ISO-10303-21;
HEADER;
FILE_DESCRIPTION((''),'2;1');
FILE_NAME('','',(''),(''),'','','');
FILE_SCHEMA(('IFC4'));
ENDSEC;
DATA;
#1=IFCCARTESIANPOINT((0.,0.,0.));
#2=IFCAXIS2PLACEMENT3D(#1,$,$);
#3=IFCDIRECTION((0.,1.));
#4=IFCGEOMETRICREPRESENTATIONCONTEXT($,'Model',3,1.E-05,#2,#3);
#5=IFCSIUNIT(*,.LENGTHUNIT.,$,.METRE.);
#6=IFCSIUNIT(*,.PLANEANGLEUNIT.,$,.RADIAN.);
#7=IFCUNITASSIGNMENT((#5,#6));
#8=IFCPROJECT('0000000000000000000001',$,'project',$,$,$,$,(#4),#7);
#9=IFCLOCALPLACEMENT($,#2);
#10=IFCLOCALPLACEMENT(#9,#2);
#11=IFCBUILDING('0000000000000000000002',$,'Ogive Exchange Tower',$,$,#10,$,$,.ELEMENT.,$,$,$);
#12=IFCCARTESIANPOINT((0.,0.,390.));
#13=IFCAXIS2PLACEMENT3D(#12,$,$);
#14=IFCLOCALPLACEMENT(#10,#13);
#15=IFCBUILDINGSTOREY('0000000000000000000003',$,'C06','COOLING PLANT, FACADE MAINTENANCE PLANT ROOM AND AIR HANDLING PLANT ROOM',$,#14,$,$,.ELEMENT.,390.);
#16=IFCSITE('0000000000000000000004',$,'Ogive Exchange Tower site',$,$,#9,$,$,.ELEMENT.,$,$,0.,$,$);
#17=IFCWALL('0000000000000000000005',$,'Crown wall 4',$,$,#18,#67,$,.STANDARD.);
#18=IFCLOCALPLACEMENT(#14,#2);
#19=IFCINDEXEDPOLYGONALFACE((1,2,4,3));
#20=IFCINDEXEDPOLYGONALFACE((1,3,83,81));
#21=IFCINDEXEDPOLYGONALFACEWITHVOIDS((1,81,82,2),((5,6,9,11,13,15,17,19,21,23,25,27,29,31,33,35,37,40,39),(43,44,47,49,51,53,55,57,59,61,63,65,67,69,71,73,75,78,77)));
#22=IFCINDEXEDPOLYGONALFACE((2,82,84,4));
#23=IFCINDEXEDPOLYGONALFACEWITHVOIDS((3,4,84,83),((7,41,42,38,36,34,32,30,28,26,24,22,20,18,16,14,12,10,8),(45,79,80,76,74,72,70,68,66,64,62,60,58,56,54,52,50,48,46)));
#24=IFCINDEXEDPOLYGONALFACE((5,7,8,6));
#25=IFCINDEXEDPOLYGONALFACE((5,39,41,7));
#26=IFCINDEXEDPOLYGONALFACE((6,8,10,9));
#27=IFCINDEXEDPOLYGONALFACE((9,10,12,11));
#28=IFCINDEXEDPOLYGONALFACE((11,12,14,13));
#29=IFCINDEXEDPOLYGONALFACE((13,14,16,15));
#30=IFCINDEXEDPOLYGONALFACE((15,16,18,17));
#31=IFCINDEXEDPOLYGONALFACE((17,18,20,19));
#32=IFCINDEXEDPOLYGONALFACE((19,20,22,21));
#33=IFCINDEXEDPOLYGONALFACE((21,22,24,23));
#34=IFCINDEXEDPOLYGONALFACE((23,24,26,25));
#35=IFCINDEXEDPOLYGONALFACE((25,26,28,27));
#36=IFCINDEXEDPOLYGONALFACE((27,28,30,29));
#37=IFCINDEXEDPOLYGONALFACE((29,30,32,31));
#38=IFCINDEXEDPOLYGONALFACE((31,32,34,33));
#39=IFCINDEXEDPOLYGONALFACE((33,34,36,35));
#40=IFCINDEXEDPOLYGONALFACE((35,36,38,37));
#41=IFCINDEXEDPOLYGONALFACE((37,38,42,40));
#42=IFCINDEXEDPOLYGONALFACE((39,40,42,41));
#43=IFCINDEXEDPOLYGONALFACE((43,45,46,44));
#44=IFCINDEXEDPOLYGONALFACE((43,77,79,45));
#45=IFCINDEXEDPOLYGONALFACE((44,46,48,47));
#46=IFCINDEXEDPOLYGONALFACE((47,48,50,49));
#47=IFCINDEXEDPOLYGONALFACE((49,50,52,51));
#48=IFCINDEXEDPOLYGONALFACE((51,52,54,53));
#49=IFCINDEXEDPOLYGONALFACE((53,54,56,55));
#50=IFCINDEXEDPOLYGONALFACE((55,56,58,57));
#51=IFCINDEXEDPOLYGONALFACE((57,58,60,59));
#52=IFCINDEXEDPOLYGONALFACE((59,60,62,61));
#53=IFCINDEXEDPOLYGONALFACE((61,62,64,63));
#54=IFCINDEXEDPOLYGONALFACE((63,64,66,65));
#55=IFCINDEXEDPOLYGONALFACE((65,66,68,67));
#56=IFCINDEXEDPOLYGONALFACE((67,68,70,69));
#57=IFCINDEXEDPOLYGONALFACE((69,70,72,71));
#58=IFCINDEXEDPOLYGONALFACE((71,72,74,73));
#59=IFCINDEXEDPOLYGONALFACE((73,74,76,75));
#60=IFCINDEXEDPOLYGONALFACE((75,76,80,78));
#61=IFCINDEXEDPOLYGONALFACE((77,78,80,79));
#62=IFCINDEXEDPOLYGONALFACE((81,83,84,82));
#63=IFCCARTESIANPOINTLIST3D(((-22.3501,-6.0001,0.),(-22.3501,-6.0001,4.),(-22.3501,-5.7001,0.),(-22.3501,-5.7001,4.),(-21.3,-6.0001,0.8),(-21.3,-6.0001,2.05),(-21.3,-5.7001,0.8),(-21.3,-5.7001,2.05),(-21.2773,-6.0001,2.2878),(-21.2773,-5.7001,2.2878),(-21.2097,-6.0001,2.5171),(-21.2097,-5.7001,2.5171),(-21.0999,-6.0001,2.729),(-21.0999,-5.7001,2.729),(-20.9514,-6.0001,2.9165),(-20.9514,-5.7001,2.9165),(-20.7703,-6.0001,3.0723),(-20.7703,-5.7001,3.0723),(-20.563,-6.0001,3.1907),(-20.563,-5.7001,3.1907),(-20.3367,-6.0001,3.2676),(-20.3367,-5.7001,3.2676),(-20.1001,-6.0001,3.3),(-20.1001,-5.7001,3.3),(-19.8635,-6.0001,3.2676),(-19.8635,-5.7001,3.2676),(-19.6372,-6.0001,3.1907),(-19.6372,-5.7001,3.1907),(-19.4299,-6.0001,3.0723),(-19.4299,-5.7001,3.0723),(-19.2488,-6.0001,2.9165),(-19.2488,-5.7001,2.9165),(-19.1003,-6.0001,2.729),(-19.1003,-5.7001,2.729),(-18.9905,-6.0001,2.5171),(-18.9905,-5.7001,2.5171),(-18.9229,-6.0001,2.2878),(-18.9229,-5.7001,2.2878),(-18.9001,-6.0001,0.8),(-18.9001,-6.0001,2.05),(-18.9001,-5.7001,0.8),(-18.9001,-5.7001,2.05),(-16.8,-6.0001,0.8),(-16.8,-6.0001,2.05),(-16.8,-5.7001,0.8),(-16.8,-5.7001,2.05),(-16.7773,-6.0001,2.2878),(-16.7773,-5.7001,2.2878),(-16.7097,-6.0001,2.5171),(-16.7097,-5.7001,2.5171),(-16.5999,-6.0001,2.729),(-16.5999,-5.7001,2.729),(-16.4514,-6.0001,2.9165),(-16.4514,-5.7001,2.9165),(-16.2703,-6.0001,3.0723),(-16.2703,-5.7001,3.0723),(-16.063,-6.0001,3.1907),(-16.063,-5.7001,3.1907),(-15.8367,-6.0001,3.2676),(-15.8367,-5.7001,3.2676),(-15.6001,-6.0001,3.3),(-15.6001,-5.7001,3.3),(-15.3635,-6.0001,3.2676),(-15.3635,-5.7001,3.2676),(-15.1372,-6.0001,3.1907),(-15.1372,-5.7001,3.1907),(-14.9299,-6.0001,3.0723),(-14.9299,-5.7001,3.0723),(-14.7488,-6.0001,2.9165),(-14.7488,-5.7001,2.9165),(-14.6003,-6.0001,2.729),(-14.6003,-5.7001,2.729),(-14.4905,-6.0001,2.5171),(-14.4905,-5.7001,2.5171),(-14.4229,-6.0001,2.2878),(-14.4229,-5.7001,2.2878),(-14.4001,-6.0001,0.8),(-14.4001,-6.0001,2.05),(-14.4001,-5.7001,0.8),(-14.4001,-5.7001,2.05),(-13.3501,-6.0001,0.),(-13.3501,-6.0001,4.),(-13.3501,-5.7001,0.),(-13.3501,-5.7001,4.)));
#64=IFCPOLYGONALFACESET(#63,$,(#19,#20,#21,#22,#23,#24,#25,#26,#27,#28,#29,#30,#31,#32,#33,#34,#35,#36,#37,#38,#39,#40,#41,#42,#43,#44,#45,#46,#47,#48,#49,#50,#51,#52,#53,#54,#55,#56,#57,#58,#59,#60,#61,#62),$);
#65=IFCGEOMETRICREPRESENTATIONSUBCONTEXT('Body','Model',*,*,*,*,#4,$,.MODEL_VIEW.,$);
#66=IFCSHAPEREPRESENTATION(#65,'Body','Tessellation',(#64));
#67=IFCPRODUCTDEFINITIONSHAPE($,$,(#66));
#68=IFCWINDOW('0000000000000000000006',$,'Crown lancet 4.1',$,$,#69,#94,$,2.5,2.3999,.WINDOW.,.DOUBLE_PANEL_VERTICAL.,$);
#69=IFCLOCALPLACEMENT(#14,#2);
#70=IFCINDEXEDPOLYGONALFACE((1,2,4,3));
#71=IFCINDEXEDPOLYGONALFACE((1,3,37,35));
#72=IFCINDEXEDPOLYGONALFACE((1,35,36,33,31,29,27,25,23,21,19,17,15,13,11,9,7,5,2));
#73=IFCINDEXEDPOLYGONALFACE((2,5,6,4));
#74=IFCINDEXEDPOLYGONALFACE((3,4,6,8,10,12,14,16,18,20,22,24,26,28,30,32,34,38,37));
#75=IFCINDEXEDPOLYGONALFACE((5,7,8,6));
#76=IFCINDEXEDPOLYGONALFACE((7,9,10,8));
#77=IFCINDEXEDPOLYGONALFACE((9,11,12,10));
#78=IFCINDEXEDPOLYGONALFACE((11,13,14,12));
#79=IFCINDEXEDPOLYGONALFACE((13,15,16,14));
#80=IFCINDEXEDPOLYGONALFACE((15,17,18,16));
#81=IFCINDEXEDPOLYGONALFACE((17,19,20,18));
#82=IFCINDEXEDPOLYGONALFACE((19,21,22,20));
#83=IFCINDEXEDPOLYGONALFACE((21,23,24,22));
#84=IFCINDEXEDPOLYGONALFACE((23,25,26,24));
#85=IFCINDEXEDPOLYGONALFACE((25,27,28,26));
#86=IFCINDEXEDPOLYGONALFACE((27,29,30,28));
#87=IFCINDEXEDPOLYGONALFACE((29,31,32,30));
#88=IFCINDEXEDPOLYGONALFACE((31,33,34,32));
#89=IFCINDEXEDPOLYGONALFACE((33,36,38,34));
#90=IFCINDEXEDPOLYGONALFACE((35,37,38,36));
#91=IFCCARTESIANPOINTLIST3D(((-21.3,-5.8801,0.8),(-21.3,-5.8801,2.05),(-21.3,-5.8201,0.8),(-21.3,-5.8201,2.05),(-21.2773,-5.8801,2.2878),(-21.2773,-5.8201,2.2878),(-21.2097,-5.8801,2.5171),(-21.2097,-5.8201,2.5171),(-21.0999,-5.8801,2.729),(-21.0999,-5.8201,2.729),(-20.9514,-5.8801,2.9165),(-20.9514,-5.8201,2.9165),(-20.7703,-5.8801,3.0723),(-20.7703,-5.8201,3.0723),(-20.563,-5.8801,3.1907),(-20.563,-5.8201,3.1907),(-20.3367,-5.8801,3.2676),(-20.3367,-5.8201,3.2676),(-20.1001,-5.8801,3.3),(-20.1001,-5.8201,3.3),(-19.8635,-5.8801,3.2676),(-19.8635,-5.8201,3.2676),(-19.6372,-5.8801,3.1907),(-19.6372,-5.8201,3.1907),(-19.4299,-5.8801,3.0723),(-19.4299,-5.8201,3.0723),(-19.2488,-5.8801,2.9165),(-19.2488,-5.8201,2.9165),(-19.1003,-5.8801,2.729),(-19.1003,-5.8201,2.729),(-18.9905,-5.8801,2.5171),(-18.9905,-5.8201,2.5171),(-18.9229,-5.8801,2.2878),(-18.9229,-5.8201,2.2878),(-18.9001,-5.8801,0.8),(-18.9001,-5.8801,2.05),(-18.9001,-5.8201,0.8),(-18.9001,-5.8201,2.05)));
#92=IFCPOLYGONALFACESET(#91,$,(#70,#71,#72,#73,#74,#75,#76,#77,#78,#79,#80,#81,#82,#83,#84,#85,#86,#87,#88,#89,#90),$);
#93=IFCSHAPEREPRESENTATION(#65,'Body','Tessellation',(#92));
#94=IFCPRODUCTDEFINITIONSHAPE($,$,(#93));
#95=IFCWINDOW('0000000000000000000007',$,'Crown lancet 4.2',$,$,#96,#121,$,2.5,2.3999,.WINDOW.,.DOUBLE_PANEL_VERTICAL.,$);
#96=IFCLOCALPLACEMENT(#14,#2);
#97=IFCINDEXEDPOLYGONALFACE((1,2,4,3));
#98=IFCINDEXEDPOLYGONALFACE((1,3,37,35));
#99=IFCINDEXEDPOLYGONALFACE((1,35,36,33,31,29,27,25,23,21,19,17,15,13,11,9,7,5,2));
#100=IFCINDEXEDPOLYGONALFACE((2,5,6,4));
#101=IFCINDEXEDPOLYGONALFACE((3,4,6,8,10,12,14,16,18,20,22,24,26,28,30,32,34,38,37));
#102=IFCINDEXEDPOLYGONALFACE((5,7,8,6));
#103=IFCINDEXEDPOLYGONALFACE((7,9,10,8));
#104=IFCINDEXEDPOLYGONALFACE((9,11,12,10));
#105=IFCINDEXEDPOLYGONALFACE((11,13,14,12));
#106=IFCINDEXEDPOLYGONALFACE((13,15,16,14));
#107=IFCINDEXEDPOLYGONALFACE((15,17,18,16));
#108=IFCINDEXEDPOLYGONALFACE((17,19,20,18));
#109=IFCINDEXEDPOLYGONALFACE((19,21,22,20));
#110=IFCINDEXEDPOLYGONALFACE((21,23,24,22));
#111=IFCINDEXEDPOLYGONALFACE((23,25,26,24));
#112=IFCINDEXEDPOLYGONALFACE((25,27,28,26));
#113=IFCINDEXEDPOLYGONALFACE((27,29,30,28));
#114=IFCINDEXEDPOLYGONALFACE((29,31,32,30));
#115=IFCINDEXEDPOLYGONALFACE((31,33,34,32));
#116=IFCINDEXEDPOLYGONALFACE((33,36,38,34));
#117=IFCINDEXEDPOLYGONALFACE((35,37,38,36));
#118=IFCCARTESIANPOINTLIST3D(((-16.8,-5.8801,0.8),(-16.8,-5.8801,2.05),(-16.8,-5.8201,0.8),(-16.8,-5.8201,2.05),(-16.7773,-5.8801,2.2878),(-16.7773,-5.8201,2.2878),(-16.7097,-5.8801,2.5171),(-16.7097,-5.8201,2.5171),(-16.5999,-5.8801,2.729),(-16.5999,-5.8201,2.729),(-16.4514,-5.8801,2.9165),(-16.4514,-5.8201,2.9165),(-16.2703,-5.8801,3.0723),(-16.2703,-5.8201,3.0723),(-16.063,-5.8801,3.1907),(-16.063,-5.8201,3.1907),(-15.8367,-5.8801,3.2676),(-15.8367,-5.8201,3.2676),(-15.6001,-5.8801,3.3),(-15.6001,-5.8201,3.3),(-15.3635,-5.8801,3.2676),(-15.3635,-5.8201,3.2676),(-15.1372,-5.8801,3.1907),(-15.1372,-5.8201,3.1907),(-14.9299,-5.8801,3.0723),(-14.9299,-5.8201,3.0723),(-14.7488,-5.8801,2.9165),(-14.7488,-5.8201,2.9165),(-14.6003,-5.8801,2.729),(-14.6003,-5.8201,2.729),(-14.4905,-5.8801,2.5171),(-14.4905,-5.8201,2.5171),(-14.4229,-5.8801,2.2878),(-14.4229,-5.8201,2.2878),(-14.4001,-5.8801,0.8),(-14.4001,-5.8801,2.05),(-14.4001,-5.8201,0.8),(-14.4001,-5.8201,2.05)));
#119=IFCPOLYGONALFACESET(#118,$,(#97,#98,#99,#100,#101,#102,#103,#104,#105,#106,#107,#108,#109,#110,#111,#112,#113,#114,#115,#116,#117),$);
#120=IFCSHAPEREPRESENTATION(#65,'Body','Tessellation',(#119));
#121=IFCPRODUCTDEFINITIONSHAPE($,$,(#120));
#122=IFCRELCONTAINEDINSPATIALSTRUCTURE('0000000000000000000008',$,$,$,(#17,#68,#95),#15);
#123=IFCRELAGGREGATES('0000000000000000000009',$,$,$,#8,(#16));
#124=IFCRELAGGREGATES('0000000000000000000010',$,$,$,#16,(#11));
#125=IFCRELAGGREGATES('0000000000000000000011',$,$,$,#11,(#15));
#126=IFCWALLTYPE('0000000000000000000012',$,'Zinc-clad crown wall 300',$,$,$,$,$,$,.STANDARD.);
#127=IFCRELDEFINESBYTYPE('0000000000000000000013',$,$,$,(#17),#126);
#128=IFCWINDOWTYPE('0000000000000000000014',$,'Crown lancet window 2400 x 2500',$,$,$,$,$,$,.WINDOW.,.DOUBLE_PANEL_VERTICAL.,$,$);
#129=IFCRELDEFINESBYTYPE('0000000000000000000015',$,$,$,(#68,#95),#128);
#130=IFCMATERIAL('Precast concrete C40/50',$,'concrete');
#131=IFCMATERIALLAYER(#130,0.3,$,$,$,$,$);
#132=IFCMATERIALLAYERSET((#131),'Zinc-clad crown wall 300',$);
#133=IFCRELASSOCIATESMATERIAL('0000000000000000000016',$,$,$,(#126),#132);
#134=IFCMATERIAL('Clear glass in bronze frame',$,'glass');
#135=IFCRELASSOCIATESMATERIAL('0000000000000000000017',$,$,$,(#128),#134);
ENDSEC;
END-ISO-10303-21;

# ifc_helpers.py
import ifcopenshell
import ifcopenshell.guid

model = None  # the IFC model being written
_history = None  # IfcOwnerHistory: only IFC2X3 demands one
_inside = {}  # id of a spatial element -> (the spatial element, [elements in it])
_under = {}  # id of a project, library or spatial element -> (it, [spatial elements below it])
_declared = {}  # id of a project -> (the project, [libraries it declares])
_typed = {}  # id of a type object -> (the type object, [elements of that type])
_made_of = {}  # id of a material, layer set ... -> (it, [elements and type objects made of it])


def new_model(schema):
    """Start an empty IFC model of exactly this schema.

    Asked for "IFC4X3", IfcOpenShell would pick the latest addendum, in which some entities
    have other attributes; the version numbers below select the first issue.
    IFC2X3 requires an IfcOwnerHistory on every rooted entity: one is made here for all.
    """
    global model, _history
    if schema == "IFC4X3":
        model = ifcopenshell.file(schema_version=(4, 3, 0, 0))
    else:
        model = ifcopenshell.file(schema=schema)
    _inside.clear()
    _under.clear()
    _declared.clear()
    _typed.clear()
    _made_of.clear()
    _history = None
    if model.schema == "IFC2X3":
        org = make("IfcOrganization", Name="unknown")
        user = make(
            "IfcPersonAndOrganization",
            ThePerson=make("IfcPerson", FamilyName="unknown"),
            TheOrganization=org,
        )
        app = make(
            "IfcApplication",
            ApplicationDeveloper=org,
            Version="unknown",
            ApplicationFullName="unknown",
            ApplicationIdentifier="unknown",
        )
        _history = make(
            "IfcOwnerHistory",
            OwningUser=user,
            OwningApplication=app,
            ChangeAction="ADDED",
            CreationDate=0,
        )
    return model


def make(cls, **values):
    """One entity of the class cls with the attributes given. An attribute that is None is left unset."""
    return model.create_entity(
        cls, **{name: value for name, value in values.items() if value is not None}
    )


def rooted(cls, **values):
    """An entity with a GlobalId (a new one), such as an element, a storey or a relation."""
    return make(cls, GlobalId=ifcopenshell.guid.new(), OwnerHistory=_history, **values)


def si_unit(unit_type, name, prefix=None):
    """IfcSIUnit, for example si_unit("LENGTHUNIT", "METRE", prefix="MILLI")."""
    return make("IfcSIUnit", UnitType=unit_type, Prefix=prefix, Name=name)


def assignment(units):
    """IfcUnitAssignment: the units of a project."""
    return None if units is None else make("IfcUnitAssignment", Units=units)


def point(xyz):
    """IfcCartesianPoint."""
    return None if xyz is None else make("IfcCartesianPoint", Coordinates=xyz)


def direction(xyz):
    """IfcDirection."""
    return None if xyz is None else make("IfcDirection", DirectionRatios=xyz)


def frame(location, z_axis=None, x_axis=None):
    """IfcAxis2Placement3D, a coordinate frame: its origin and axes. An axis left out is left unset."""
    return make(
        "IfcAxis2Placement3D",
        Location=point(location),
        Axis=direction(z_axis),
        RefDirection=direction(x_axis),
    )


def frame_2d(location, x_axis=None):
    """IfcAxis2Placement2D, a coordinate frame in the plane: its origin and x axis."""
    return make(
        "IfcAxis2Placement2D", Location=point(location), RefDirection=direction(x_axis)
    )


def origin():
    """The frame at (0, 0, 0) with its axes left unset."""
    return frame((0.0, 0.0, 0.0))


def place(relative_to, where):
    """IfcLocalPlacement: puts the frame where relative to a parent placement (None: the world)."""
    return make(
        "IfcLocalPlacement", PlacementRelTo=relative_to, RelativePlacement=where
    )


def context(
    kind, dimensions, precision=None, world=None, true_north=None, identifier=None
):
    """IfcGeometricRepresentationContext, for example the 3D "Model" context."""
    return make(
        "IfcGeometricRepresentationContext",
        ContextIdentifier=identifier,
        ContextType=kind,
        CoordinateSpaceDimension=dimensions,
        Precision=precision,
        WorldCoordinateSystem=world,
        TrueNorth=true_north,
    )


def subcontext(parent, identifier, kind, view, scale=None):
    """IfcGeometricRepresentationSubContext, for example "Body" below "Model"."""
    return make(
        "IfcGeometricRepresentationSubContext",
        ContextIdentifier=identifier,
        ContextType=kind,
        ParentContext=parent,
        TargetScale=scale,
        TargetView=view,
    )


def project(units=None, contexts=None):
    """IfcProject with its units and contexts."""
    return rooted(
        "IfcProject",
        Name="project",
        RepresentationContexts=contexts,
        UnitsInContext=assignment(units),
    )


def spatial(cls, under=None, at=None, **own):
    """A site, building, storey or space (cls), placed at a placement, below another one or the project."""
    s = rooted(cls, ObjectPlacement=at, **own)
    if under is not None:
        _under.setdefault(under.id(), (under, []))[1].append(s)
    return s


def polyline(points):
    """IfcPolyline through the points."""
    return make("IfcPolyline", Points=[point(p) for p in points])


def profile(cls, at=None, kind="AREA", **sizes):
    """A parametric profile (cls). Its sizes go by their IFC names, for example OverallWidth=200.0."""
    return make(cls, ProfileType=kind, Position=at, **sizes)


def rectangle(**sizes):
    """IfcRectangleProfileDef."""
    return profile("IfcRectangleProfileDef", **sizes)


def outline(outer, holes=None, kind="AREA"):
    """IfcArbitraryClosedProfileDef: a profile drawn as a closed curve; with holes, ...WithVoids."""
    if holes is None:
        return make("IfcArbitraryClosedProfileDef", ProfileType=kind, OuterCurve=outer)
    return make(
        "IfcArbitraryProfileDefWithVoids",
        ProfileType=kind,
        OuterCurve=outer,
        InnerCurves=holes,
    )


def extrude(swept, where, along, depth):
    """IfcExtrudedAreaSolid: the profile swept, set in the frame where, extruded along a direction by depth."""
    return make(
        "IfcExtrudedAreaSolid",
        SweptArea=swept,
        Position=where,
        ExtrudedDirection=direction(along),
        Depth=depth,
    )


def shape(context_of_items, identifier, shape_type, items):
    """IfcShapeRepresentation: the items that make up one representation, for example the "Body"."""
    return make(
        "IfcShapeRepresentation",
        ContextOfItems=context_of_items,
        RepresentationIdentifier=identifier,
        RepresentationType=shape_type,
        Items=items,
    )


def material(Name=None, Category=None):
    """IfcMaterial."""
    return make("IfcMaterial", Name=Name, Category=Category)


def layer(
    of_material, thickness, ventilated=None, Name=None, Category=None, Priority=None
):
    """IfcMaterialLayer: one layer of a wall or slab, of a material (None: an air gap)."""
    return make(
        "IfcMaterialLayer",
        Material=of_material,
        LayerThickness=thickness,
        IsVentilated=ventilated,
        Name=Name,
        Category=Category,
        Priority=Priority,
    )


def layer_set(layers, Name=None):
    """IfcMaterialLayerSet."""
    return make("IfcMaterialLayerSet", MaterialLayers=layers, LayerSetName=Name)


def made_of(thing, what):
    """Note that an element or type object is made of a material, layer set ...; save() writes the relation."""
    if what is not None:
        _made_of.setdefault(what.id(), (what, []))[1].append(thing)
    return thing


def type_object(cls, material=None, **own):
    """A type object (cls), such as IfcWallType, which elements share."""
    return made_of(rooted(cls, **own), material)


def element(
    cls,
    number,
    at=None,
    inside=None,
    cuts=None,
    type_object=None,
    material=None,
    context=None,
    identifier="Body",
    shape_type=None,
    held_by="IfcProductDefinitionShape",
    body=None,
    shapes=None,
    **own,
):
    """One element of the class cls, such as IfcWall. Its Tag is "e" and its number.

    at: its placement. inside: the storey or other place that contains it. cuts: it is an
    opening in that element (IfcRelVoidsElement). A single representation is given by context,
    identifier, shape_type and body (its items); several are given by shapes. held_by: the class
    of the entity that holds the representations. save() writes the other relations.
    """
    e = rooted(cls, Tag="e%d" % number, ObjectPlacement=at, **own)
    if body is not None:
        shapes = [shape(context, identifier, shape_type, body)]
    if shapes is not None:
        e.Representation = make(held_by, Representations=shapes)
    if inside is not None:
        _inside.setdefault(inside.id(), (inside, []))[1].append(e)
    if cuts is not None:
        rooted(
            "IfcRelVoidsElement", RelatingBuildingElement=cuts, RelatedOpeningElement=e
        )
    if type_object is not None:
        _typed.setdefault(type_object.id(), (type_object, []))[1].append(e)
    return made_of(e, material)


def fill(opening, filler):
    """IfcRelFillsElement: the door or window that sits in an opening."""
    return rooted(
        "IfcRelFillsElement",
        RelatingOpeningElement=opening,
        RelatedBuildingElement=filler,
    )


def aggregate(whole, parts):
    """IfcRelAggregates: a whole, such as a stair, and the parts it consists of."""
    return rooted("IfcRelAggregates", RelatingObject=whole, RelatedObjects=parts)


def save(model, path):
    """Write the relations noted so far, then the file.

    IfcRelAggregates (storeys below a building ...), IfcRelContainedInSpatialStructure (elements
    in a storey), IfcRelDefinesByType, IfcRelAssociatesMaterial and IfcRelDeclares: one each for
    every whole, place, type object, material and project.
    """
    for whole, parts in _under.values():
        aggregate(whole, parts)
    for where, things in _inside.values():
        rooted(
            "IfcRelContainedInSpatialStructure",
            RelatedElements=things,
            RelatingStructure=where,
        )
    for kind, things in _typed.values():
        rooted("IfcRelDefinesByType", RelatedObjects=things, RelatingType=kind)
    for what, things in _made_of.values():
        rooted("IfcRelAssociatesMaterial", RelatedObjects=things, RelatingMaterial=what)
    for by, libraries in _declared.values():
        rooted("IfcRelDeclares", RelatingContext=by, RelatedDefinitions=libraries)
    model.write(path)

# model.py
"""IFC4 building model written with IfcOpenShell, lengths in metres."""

from ifc_helpers import new_model, si_unit, direction, frame, frame_2d, origin, place, context, subcontext, project, spatial, polyline, rectangle, outline, extrude, material, layer, layer_set, type_object, element, fill, save


model = new_model("IFC4")

# Units and contexts
model_context = context("Model", 3, precision=1e-05, world=origin(), true_north=direction((0.0, 1.0)))
body_context = subcontext(model_context, "Body", "Model", "MODEL_VIEW")
ifc_project = project(units=[si_unit("LENGTHUNIT", "METRE"), si_unit("PLANEANGLEUNIT", "RADIAN")], contexts=[model_context])

# Site, building, storey
site_placement = place(None, origin())
site = spatial("IfcSite", under=ifc_project, at=site_placement, Name="Ogive Exchange Tower site", CompositionType="ELEMENT", RefElevation=0.0)
building_placement = place(site_placement, origin())
building = spatial("IfcBuilding", under=site, at=building_placement, Name="Ogive Exchange Tower", CompositionType="ELEMENT")
storey_placement = place(building_placement, frame((0.0, 0.0, 390.0)))
storey = spatial("IfcBuildingStorey", under=building, at=storey_placement, Name="C06", Description="COOLING PLANT, FACADE MAINTENANCE PLANT ROOM AND AIR HANDLING PLANT ROOM", CompositionType="ELEMENT", Elevation=390.0)

# Shared definitions
ifc_material_1 = material(Name="Precast concrete C40/50", Category="concrete")
ifc_layer_1 = layer(ifc_material_1, 0.3)
ifc_layer_set_1 = layer_set([ifc_layer_1], Name="Zinc-clad crown wall 300")
wall_type_1 = type_object("IfcWallType", Name="Zinc-clad crown wall 300", PredefinedType="STANDARD", material=ifc_layer_set_1)

# Wall, openings, windows
wall_1_placement = place(storey_placement, frame((-22.3501, -5.8501, 0.0), z_axis=(0.0, 0.0, 1.0), x_axis=(1.0, 0.0, 0.0)))
wall_1 = element("IfcWall", 1, at=wall_1_placement, inside=storey, type_object=wall_type_1, Name="Crown wall 4", PredefinedType="STANDARD", context=body_context, shape_type="SweptSolid", body=[
    extrude(rectangle(XDim=9.0, YDim=0.3, at=frame_2d((4.5, 0.0))), origin(), (0.0, 0.0, 1.0), 4.0),
])
opening_1_placement = place(wall_1_placement, frame((1.05, 0.0, 0.8)))
opening_1 = element("IfcOpeningElement", 2, at=opening_1_placement, cuts=wall_1, PredefinedType="OPENING", context=body_context, shape_type="SweptSolid", body=[
    extrude(outline(polyline([(0.0, 0.0), (2.3999, 0.0), (2.3999, 1.25), (2.3772, 1.4878), (2.3096, 1.717), (2.1997, 1.929), (2.0513, 2.1165), (1.8701, 2.2722), (1.6628, 2.3906), (1.4365, 2.4675), (1.2, 2.5), (0.9634, 2.4675), (0.7371, 2.3906), (0.5298, 2.2722), (0.3486, 2.1165), (0.2002, 1.929), (0.0903, 1.717), (0.0227, 1.4878), (0.0, 1.25), (0.0, 0.0)])), frame((0.0, 0.1599, 0.0), z_axis=(0.0, -1.0, 0.0), x_axis=(1.0, 0.0, 0.0)), (0.0, 0.0, 1.0), 0.3201),
])
opening_2_placement = place(wall_1_placement, frame((5.55, 0.0, 0.8)))
opening_2 = element("IfcOpeningElement", 3, at=opening_2_placement, cuts=wall_1, PredefinedType="OPENING", context=body_context, shape_type="SweptSolid", body=[
    extrude(outline(polyline([(0.0, 0.0), (2.3999, 0.0), (2.3999, 1.25), (2.3772, 1.4878), (2.3096, 1.717), (2.1997, 1.929), (2.0513, 2.1165), (1.8701, 2.2722), (1.6628, 2.3906), (1.4365, 2.4675), (1.2, 2.5), (0.9634, 2.4675), (0.7371, 2.3906), (0.5298, 2.2722), (0.3486, 2.1165), (0.2002, 1.929), (0.0903, 1.717), (0.0227, 1.4878), (0.0, 1.25), (0.0, 0.0)])), frame((0.0, 0.1599, 0.0), z_axis=(0.0, -1.0, 0.0), x_axis=(1.0, 0.0, 0.0)), (0.0, 0.0, 1.0), 0.3201),
])
ifc_material_2 = material(Name="Clear glass in bronze frame", Category="glass")
window_type = type_object("IfcWindowType", Name="Crown lancet window 2400 x 2500", PartitioningType="DOUBLE_PANEL_VERTICAL", PredefinedType="WINDOW", material=ifc_material_2)
window_1_placement = place(opening_1_placement, origin())
window_1 = element("IfcWindow", 4, at=window_1_placement, inside=storey, type_object=window_type, Name="Crown lancet 4.1", OverallHeight=2.5, OverallWidth=2.3999, PartitioningType="DOUBLE_PANEL_VERTICAL", PredefinedType="WINDOW", context=body_context, shape_type="SweptSolid", body=[
    extrude(outline(polyline([(0.0, 0.0), (2.3999, 0.0), (2.3999, 1.25), (2.3772, 1.4878), (2.3096, 1.717), (2.1997, 1.929), (2.0513, 2.1165), (1.8701, 2.2722), (1.6628, 2.3906), (1.4365, 2.4675), (1.2, 2.5), (0.9634, 2.4675), (0.7371, 2.3906), (0.5298, 2.2722), (0.3486, 2.1165), (0.2002, 1.929), (0.0903, 1.717), (0.0227, 1.4878), (0.0, 1.25), (0.0, 0.0)])), frame((0.0, 0.03, 0.0), z_axis=(0.0, -1.0, 0.0), x_axis=(1.0, 0.0, 0.0)), (0.0, 0.0, 1.0), 0.0601),
])
fill(opening_1, window_1)
window_2_placement = place(opening_2_placement, origin())
window_2 = element("IfcWindow", 5, at=window_2_placement, inside=storey, type_object=window_type, Name="Crown lancet 4.2", OverallHeight=2.5, OverallWidth=2.3999, PartitioningType="DOUBLE_PANEL_VERTICAL", PredefinedType="WINDOW", context=body_context, shape_type="SweptSolid", body=[
    extrude(outline(polyline([(0.0, 0.0), (2.3999, 0.0), (2.3999, 1.25), (2.3772, 1.4878), (2.3096, 1.717), (2.1997, 1.929), (2.0513, 2.1165), (1.8701, 2.2722), (1.6628, 2.3906), (1.4365, 2.4675), (1.2, 2.5), (0.9634, 2.4675), (0.7371, 2.3906), (0.5298, 2.2722), (0.3486, 2.1165), (0.2002, 1.929), (0.0903, 1.717), (0.0227, 1.4878), (0.0, 1.25), (0.0, 0.0)])), frame((0.0, 0.03, 0.0), z_axis=(0.0, -1.0, 0.0), x_axis=(1.0, 0.0, 0.0)), (0.0, 0.0, 1.0), 0.0601),
])
fill(opening_2, window_2)

save(model, "model.ifc")
